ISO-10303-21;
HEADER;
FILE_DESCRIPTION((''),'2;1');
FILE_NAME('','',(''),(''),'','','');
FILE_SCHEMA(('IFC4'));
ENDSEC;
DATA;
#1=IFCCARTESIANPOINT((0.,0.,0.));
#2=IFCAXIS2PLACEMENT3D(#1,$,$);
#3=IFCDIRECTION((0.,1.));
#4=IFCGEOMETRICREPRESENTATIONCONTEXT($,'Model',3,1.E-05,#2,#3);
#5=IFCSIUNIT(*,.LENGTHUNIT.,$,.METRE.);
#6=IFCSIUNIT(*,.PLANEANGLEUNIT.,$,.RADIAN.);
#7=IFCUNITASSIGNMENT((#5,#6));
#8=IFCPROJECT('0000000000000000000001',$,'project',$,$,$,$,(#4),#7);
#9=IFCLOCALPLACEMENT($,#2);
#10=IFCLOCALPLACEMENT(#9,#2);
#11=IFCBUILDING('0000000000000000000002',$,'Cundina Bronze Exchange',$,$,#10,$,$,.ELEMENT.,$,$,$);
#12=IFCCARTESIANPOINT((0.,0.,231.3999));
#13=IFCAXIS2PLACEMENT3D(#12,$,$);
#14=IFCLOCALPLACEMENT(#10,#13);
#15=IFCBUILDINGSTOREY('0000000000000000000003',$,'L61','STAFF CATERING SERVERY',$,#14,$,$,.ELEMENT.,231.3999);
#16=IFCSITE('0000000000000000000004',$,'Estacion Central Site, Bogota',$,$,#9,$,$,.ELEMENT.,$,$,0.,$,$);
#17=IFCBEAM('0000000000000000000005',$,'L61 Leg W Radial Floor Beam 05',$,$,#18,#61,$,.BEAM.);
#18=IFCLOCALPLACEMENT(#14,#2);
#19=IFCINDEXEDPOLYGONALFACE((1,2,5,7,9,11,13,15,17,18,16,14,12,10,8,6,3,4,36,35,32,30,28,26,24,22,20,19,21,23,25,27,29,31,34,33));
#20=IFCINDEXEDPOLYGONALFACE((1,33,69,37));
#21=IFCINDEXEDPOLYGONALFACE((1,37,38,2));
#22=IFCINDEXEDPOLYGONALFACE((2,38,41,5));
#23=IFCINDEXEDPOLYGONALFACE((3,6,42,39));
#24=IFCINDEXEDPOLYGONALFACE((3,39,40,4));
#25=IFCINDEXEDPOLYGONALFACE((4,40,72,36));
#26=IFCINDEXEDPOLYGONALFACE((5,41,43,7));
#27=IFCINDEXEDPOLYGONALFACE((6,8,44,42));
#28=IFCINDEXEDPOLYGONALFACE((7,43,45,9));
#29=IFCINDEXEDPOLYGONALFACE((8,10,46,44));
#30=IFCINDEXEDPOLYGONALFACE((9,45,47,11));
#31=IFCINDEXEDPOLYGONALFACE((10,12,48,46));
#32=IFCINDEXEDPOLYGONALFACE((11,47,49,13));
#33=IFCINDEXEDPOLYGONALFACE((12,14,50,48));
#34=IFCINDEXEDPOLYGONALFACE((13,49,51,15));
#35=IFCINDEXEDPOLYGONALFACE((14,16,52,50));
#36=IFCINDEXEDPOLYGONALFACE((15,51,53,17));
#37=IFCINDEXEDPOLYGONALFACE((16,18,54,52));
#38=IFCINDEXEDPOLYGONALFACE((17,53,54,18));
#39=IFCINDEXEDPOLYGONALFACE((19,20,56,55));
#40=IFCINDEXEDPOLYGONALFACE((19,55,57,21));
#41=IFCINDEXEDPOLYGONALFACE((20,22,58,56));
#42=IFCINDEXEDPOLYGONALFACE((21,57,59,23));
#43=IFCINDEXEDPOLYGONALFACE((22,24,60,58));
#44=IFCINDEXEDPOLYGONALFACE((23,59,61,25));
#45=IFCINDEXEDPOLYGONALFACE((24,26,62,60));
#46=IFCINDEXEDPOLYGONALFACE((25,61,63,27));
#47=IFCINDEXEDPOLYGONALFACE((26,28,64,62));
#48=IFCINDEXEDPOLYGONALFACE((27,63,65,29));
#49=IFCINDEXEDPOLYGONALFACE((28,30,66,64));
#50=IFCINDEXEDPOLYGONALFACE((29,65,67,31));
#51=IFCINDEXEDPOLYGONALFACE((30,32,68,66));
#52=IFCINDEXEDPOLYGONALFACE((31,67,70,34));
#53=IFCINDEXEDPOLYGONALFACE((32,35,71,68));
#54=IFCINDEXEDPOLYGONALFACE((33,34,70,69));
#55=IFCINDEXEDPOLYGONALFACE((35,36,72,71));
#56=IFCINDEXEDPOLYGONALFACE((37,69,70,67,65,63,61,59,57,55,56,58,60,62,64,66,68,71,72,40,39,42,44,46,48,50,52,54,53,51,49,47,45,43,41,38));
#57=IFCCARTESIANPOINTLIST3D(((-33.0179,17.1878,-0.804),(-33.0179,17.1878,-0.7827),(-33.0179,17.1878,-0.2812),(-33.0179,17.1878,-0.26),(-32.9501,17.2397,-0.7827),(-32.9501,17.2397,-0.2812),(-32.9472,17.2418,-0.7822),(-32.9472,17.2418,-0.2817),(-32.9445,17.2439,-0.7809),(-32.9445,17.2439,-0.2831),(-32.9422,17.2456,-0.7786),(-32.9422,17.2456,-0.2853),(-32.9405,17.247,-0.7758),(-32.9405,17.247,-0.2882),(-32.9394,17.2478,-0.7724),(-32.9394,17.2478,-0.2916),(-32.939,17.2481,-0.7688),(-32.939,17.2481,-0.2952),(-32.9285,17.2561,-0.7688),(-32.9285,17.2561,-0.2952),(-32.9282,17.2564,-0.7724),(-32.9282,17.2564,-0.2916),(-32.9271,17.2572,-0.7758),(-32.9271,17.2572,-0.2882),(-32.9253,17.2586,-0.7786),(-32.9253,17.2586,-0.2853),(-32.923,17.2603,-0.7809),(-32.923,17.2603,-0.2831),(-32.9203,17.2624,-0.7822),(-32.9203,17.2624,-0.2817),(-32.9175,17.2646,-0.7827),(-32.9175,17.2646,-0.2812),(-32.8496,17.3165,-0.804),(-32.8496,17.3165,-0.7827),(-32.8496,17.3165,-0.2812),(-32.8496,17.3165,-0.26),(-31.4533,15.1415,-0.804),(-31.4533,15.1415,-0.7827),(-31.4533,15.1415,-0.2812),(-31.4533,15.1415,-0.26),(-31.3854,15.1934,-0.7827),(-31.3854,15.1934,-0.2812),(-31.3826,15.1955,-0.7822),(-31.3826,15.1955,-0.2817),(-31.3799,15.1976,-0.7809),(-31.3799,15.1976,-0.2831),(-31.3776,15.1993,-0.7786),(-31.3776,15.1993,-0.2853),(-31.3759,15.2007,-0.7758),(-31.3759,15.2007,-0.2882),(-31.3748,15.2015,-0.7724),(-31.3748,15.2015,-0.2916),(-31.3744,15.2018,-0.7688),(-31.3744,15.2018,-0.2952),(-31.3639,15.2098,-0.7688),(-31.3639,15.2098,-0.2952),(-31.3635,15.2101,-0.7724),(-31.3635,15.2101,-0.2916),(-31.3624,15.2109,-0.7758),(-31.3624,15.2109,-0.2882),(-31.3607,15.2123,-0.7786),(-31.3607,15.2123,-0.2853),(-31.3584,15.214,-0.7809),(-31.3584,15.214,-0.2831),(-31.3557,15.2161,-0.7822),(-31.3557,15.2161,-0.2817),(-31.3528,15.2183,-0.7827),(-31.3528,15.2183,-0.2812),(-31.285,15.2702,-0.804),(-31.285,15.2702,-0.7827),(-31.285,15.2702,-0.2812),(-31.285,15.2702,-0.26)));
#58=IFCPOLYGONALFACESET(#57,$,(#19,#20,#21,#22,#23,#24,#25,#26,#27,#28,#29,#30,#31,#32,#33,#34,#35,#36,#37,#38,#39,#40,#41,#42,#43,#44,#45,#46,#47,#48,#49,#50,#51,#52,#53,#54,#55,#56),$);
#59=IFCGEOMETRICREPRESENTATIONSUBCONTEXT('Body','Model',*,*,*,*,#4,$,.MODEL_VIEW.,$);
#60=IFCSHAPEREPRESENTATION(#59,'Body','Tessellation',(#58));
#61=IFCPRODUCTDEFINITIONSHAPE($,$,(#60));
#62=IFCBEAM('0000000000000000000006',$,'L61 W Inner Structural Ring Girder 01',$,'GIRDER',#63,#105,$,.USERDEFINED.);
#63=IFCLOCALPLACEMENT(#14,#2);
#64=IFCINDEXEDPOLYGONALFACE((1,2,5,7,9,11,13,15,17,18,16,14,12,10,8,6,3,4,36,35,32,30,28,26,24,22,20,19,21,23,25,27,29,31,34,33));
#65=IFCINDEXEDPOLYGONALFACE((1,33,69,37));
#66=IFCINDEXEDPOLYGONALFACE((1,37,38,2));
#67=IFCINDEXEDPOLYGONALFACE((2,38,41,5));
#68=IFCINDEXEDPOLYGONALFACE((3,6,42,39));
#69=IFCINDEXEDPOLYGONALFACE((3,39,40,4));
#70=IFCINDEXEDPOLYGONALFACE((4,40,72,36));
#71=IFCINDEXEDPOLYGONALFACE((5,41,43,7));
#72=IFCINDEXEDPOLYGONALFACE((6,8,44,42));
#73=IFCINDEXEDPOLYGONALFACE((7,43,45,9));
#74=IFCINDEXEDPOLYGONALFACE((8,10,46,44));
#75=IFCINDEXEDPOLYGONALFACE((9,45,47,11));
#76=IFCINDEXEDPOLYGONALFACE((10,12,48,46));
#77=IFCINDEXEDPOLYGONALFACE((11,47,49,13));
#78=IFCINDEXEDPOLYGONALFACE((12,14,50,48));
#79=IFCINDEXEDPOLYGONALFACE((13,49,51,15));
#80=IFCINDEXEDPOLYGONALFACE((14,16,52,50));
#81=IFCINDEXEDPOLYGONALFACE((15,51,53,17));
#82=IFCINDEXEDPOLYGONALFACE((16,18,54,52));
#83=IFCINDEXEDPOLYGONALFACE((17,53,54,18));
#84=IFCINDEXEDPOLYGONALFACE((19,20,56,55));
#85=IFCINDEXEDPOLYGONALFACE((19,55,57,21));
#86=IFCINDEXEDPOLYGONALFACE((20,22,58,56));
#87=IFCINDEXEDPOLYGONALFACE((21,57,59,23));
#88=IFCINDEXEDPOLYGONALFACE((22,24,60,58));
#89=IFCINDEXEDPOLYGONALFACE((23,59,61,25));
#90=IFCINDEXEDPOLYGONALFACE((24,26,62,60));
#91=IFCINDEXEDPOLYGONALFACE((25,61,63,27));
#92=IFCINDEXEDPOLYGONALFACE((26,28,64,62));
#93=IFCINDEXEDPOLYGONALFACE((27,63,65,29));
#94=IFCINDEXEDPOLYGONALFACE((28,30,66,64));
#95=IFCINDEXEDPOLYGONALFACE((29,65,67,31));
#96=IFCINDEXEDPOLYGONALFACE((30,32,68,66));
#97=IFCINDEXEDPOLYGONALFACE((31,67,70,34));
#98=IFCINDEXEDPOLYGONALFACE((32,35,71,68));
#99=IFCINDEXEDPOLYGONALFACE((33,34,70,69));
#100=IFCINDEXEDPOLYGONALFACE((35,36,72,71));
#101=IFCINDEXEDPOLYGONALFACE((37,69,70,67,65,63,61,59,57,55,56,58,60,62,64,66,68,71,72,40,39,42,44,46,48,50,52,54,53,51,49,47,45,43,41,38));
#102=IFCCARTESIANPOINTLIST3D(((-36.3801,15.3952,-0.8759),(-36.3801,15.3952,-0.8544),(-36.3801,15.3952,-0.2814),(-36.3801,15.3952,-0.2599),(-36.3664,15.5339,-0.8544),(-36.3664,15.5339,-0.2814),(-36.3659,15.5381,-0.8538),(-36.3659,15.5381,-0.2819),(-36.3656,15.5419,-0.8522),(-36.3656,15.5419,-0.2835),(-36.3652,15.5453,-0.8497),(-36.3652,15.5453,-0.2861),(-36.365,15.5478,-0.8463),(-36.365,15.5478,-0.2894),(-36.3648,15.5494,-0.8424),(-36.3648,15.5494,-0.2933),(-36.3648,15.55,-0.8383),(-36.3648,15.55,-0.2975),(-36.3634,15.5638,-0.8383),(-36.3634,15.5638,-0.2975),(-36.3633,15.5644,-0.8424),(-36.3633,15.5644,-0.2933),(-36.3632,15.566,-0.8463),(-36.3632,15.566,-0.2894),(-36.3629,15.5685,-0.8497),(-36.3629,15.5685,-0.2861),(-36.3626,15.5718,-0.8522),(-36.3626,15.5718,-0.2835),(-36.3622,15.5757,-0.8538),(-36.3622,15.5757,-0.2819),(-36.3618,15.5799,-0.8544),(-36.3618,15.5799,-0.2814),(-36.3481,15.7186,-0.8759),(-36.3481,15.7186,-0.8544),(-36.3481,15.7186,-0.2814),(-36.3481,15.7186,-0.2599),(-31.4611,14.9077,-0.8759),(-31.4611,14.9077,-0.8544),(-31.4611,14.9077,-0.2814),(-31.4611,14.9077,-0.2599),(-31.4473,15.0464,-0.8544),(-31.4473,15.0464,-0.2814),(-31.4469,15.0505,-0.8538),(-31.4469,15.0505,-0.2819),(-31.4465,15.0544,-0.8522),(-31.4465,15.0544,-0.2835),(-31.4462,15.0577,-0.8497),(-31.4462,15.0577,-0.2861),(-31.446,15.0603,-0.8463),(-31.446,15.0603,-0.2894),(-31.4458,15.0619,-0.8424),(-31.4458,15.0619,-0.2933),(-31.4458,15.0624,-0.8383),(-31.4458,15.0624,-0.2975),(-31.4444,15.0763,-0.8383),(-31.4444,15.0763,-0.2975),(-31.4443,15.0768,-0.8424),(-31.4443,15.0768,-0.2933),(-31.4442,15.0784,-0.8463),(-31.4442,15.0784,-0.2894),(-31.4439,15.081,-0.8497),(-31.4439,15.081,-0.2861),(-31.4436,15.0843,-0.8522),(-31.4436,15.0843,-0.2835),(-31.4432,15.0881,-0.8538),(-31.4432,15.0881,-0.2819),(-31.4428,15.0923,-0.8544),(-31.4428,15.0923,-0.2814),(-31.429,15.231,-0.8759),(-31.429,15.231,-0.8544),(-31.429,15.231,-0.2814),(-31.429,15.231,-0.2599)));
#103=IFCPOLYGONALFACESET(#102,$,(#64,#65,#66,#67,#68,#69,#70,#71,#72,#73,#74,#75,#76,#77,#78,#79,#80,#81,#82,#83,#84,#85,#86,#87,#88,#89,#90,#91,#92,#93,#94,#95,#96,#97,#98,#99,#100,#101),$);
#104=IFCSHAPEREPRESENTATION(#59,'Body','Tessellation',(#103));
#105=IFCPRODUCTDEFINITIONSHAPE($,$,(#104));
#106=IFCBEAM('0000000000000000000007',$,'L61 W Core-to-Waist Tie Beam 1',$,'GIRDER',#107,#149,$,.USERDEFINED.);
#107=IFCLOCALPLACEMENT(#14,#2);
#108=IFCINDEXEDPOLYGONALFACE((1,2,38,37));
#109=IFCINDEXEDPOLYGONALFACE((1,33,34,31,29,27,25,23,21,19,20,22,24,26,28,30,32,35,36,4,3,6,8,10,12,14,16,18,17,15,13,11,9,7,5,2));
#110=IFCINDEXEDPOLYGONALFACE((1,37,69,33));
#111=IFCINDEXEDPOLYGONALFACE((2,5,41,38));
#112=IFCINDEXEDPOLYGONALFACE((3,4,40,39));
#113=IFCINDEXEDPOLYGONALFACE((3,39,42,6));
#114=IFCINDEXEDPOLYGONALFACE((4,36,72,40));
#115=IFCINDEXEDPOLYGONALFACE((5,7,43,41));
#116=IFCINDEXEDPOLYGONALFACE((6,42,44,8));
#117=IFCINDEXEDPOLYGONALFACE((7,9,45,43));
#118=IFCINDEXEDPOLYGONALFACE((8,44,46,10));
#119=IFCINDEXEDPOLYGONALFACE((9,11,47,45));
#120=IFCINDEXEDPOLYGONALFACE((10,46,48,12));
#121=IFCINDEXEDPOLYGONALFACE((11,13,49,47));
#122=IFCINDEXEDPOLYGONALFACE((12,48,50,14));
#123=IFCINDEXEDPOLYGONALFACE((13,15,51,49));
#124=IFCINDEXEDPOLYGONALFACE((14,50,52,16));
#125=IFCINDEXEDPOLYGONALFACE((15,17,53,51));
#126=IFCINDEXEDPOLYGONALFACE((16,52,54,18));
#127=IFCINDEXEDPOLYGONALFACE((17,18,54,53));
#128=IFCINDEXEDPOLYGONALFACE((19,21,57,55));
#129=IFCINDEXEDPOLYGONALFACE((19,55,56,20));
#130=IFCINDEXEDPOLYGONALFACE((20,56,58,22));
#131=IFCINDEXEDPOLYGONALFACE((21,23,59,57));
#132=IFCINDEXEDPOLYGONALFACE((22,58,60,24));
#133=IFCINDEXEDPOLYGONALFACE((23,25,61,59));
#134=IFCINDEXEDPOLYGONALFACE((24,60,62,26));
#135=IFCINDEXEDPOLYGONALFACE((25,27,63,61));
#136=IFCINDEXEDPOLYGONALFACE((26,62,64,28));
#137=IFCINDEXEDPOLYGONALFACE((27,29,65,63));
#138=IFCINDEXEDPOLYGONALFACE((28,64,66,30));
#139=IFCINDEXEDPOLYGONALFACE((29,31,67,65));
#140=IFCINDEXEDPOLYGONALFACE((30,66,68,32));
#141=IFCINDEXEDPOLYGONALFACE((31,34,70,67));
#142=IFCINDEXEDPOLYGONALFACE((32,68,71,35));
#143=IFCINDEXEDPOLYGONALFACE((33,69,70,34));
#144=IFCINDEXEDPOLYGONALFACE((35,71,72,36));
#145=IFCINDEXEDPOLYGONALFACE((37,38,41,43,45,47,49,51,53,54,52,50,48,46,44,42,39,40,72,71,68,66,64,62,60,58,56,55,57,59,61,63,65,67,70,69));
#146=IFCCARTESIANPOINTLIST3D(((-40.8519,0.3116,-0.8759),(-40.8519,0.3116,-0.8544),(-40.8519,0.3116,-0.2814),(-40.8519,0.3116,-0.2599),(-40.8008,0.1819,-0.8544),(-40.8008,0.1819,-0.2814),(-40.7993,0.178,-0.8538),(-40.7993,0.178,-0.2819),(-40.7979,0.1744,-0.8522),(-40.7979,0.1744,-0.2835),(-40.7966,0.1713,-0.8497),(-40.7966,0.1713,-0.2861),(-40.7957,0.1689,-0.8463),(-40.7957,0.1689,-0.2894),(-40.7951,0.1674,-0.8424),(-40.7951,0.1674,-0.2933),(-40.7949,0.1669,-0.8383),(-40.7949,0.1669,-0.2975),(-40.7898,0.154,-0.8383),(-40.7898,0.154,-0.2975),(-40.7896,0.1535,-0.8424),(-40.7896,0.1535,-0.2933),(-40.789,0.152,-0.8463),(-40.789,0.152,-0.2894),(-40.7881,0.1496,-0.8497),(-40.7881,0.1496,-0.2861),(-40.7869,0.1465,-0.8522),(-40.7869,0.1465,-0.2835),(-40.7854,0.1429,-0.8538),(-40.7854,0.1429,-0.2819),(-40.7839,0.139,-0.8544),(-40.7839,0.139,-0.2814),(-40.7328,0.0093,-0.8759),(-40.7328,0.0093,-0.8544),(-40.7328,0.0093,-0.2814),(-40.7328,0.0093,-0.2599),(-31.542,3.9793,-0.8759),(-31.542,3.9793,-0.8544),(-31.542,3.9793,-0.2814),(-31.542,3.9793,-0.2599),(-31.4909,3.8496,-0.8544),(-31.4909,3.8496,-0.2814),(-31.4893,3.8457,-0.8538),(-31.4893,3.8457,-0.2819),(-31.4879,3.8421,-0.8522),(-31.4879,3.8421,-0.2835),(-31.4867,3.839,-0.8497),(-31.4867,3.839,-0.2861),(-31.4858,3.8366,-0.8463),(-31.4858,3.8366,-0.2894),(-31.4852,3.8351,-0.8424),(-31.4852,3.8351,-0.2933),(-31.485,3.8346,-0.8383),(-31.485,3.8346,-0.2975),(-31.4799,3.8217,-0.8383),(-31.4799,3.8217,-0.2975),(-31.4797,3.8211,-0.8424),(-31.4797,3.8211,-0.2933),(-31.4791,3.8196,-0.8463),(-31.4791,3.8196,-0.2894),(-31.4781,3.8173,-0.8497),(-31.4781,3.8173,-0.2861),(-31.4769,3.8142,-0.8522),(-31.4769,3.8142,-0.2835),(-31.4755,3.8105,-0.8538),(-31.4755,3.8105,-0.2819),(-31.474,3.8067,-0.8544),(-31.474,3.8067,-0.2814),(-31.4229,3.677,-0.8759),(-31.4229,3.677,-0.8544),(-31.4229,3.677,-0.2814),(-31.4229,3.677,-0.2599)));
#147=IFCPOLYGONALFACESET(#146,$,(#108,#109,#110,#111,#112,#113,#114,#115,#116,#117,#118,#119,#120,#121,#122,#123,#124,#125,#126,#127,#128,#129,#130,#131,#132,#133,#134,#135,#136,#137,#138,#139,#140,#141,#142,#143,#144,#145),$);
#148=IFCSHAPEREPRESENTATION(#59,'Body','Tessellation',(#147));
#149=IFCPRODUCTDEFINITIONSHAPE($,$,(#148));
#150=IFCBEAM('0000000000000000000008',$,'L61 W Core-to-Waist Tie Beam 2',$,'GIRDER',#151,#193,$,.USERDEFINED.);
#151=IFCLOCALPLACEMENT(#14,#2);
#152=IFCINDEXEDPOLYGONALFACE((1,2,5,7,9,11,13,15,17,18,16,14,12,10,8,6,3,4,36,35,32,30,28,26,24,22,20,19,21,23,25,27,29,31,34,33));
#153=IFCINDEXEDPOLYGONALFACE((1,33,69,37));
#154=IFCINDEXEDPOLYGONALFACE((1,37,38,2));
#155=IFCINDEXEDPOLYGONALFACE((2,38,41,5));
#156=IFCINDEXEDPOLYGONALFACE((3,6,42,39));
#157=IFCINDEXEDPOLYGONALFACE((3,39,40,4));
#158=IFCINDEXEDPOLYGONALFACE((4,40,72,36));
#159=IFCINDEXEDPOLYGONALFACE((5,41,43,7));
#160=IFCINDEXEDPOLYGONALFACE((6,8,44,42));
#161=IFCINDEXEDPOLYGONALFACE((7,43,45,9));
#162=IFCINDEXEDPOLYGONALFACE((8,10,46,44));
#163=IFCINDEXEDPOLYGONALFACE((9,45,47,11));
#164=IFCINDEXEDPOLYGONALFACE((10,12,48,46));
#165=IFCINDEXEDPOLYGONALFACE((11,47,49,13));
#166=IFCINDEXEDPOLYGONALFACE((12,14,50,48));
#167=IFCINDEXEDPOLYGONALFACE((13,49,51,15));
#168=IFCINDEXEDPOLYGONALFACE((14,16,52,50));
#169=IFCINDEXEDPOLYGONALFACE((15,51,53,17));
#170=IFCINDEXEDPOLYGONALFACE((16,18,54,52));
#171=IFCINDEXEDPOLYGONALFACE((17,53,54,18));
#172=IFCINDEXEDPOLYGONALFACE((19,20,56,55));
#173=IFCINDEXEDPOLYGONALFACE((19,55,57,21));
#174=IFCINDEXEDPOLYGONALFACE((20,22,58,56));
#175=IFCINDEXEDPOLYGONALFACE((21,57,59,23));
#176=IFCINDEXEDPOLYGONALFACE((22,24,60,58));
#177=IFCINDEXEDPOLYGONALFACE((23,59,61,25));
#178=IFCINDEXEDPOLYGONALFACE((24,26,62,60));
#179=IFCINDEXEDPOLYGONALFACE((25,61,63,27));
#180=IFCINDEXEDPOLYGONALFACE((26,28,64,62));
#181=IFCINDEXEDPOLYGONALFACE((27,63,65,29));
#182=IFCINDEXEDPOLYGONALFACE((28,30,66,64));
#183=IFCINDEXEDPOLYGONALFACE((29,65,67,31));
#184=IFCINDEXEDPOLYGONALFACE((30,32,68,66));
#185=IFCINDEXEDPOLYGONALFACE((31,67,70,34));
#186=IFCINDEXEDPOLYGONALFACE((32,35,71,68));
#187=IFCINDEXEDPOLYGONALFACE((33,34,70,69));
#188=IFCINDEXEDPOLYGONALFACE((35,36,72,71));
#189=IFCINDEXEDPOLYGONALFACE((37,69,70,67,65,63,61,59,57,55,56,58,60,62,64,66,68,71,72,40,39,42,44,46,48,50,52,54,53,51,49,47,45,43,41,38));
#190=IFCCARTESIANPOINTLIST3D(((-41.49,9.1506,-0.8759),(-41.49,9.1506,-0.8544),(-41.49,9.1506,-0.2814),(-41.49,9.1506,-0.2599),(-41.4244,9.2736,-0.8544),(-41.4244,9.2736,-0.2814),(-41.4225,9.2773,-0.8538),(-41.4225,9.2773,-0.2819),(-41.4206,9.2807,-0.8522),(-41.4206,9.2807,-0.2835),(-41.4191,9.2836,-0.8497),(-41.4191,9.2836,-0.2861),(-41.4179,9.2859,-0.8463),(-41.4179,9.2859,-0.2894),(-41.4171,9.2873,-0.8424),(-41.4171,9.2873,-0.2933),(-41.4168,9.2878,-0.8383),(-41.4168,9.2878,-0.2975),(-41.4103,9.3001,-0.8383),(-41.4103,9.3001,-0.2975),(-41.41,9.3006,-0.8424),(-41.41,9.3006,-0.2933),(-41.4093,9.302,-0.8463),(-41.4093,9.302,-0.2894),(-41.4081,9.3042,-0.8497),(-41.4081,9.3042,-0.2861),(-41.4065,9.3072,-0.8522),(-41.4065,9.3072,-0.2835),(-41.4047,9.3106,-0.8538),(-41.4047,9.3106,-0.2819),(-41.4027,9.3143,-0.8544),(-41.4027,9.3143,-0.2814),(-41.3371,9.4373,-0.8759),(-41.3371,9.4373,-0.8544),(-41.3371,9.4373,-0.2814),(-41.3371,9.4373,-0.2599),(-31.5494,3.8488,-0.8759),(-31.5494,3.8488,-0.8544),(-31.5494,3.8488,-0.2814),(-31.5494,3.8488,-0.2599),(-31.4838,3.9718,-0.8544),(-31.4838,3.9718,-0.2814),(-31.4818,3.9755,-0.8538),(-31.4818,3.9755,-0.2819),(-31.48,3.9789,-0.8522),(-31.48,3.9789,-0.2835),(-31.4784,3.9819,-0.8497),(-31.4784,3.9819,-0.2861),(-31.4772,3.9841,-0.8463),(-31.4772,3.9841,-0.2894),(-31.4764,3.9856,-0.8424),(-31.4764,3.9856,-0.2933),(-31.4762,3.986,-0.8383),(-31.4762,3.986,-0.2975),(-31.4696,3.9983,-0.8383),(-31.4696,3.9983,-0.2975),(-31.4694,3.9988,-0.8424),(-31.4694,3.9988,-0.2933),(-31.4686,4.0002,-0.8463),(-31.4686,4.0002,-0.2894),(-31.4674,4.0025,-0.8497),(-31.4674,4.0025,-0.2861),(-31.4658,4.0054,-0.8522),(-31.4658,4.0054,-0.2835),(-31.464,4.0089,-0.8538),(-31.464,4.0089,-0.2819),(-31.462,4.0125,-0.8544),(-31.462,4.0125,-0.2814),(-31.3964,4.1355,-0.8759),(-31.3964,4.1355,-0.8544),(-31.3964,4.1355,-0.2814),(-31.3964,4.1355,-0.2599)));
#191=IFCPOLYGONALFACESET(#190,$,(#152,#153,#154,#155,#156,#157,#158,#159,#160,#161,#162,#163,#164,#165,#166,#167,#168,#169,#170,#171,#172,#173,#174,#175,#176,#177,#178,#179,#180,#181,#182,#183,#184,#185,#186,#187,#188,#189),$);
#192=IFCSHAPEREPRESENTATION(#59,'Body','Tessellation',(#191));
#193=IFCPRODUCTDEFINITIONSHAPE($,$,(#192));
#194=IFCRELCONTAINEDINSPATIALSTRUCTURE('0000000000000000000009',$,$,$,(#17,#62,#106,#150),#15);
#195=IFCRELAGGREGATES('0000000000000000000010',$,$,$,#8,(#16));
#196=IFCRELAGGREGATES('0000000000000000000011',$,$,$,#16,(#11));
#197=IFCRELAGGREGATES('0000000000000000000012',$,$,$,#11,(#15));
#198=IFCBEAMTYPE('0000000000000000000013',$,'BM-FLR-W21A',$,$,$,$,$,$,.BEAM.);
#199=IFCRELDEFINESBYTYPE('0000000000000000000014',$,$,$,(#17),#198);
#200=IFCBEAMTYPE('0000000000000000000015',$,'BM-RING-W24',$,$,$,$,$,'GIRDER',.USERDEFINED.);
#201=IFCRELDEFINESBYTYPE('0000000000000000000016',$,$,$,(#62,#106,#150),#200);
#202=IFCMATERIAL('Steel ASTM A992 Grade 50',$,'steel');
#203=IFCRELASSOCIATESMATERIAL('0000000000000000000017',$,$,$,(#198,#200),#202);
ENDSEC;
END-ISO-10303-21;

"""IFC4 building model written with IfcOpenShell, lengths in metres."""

from ifc_helpers import new_model, si_unit, direction, frame, origin, origin_2d, place, context, subcontext, project, spatial, i_section, extrude, material, material_profile, profile_set, type_object, element, save


model = new_model("IFC4")

# Units and contexts
model_context = context("Model", 3, precision=1e-05, world=origin(), true_north=direction((0.0, 1.0)))
body_context = subcontext(model_context, "Body", "Model", "MODEL_VIEW")
ifc_project = project(units=[si_unit("LENGTHUNIT", "METRE"), si_unit("PLANEANGLEUNIT", "RADIAN")], contexts=[model_context])

# Site, building, storey
site_placement = place(None, origin())
site = spatial("IfcSite", under=ifc_project, at=site_placement, Name="Estacion Central Site, Bogota", CompositionType="ELEMENT", RefElevation=0.0)
building_placement = place(site_placement, origin())
building = spatial("IfcBuilding", under=site, at=building_placement, Name="Cundina Bronze Exchange", CompositionType="ELEMENT")
storey_placement = place(building_placement, frame((0.0, 0.0, 231.3999)))
storey = spatial("IfcBuildingStorey", under=building, at=storey_placement, Name="L61", Description="STAFF CATERING SERVERY", CompositionType="ELEMENT", Elevation=231.3999)

# Shared definitions
ifc_material_1 = material(Name="Steel ASTM A992 Grade 50", Category="steel")

# Beams
ifc_material_profile_1 = material_profile(ifc_material_1, i_section(OverallWidth=0.2119, OverallDepth=0.5439, WebThickness=0.0132, FlangeThickness=0.0212, FilletRadius=0.0139, at=origin_2d()), Name="W21X83", Category="steel")
ifc_profile_set_1 = profile_set([ifc_material_profile_1], Name="Steel ASTM A992 Grade 50")
beam_type_1 = type_object("IfcBeamType", Name="BM-FLR-W21A", PredefinedType="BEAM", material=ifc_profile_set_1)
beam_1_placement = place(storey_placement, frame((-31.3691, 15.2058, -0.532), z_axis=(-0.607404, 0.794393, 0.0), x_axis=(-0.794393, -0.607404, 0.0)))
element("IfcBeam", 1, at=beam_1_placement, inside=storey, type_object=beam_type_1, Name="L61 Leg W Radial Floor Beam 05", PredefinedType="BEAM", context=body_context, shape_type="SweptSolid", body=[
    extrude(i_section(OverallWidth=0.2119, OverallDepth=0.5439, WebThickness=0.0132, FlangeThickness=0.0212, FilletRadius=0.0139, at=origin_2d()), origin(), (0.0, 0.0, 1.0), 2.5759),
])
ifc_material_profile_2 = material_profile(ifc_material_1, i_section(OverallWidth=0.325, OverallDepth=0.616, WebThickness=0.0139, FlangeThickness=0.0215, FilletRadius=0.0161, at=origin_2d()), Name="W24X117", Category="steel")
ifc_profile_set_2 = profile_set([ifc_material_profile_2], Name="Steel ASTM A992 Grade 50")
beam_type_2 = type_object("IfcBeamType", Name="BM-RING-W24", ElementType="GIRDER", PredefinedType="USERDEFINED", material=ifc_profile_set_2)
beam_2_placement = place(storey_placement, frame((-31.4451, 15.0693, -0.5679), z_axis=(-0.995124, 0.098633, 0.0), x_axis=(-0.098633, -0.995124, 0.0)))
element("IfcBeam", 2, at=beam_2_placement, inside=storey, type_object=beam_type_2, Name="L61 W Inner Structural Ring Girder 01", ObjectType="GIRDER", PredefinedType="USERDEFINED", context=body_context, shape_type="SweptSolid", body=[
    extrude(i_section(OverallWidth=0.325, OverallDepth=0.616, WebThickness=0.0139, FlangeThickness=0.0215, FilletRadius=0.0161, at=origin_2d()), origin(), (0.0, 0.0, 1.0), 4.9431),
])
beam_3_placement = place(storey_placement, frame((-31.4824, 3.8281, -0.5679), z_axis=(-0.930404, -0.366535, 0.0), x_axis=(0.366535, -0.930404, 0.0)))
element("IfcBeam", 3, at=beam_3_placement, inside=storey, type_object=beam_type_2, Name="L61 W Core-to-Waist Tie Beam 1", ObjectType="GIRDER", PredefinedType="USERDEFINED", context=body_context, shape_type="SweptSolid", body=[
    extrude(i_section(OverallWidth=0.325, OverallDepth=0.616, WebThickness=0.0139, FlangeThickness=0.0215, FilletRadius=0.0161, at=origin_2d()), origin(), (0.0, 0.0, 1.0), 10.0063),
])
beam_4_placement = place(storey_placement, frame((-31.4729, 3.9922, -0.5679), z_axis=(-0.882351, 0.470593, 0.0), x_axis=(-0.470593, -0.882351, 0.0)))
element("IfcBeam", 4, at=beam_4_placement, inside=storey, type_object=beam_type_2, Name="L61 W Core-to-Waist Tie Beam 2", ObjectType="GIRDER", PredefinedType="USERDEFINED", context=body_context, shape_type="SweptSolid", body=[
    extrude(i_section(OverallWidth=0.325, OverallDepth=0.616, WebThickness=0.0139, FlangeThickness=0.0215, FilletRadius=0.0161, at=origin_2d()), origin(), (0.0, 0.0, 1.0), 11.2661),
])

save(model, "model.ifc")
